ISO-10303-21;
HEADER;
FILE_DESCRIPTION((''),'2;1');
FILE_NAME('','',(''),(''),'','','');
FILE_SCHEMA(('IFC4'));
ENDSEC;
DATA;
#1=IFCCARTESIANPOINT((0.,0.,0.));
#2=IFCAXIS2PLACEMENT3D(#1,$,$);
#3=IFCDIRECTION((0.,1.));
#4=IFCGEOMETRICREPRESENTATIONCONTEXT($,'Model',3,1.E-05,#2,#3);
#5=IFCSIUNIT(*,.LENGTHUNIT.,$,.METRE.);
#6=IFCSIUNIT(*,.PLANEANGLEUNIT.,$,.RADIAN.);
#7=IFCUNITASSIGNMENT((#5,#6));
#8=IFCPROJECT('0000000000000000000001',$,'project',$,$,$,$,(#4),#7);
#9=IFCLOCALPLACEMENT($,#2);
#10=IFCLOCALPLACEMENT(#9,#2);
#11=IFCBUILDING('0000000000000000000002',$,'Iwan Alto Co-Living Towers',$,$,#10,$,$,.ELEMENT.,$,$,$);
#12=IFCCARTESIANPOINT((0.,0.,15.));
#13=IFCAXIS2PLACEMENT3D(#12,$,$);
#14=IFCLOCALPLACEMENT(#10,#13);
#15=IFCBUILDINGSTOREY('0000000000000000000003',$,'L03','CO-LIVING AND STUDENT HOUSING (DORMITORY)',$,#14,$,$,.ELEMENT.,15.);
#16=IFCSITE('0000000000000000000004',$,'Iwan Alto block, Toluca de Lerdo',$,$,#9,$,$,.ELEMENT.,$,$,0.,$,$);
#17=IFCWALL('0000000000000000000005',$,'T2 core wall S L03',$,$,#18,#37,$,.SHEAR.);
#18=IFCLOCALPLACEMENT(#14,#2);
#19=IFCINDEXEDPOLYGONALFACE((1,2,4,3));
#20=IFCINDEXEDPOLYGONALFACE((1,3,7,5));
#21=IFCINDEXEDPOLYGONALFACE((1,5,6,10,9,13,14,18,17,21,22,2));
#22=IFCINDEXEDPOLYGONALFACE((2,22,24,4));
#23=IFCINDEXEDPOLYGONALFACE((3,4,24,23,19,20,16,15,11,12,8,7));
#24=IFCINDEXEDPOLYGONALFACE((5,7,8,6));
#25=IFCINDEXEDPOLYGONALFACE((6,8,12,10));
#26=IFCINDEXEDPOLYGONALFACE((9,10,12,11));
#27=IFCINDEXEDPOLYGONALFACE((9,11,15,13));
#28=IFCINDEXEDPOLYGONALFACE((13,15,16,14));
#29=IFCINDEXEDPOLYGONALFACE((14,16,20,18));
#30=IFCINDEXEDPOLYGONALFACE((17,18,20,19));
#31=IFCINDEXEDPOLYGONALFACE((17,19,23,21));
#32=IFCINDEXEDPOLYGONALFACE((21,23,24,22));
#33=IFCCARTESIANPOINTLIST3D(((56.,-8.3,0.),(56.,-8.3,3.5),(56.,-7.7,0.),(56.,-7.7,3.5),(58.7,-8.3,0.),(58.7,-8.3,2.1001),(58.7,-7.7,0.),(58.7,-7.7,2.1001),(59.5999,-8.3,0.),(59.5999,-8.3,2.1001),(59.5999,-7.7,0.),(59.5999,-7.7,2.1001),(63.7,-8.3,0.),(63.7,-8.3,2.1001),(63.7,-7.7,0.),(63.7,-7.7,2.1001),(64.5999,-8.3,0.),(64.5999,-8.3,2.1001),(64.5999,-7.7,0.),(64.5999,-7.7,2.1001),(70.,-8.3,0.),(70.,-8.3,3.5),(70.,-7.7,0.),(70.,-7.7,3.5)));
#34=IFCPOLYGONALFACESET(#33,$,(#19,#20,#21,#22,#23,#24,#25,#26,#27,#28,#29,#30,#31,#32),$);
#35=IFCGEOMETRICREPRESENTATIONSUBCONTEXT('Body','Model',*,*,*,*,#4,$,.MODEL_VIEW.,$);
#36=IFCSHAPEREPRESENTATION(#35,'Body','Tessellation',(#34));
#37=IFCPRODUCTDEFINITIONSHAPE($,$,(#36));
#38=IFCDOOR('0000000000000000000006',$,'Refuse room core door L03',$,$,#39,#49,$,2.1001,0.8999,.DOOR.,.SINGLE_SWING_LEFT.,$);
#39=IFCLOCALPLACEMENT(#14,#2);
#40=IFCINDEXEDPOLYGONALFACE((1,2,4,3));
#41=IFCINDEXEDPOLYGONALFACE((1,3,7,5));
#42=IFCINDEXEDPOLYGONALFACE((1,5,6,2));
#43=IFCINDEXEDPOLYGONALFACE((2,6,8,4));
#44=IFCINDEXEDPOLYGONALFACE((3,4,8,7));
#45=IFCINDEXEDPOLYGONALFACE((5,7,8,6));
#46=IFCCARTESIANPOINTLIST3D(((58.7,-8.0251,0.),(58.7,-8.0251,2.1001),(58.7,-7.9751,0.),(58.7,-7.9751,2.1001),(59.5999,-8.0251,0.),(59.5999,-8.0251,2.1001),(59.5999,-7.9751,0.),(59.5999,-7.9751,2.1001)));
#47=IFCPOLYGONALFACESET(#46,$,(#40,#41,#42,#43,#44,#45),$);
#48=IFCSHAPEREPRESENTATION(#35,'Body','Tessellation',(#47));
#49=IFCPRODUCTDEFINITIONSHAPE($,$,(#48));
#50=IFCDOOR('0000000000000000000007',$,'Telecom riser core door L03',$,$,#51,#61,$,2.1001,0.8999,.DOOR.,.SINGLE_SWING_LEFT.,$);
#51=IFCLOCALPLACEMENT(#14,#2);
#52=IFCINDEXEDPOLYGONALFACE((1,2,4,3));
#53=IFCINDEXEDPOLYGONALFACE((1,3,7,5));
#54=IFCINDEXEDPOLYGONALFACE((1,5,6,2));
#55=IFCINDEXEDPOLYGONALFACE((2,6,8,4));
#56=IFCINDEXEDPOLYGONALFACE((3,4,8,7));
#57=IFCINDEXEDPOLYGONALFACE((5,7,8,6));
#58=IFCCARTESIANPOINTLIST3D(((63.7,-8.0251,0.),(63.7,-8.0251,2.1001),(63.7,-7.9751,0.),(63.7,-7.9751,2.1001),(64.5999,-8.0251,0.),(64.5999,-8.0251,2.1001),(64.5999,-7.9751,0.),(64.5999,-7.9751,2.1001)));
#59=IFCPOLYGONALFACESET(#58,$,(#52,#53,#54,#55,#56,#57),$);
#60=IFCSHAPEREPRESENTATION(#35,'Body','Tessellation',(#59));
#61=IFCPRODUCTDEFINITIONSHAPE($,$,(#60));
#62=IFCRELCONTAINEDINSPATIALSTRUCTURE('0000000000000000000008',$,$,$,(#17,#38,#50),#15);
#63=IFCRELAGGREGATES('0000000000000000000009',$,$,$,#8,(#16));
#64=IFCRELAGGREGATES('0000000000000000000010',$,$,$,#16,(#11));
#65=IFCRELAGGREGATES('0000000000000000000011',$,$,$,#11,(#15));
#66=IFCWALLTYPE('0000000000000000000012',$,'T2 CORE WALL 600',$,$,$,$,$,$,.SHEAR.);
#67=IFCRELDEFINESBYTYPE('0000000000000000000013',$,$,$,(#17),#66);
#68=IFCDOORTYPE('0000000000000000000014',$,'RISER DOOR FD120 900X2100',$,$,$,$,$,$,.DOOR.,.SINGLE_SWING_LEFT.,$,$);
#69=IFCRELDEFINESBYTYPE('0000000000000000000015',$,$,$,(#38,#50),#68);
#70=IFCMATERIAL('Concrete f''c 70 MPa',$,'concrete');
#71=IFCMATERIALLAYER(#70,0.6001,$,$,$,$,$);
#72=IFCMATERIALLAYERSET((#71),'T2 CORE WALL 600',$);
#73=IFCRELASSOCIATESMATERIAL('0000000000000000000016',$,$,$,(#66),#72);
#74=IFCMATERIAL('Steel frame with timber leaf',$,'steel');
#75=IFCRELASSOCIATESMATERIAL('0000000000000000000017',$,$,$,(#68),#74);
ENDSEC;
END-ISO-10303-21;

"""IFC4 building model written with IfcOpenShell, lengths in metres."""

from ifc_helpers import new_model, si_unit, direction, frame, frame_2d, origin, place, context, subcontext, project, spatial, rectangle, extrude, material, layer, layer_set, type_object, element, fill, save


model = new_model("IFC4")

# Units and contexts
model_context = context("Model", 3, precision=1e-05, world=origin(), true_north=direction((0.0, 1.0)))
body_context = subcontext(model_context, "Body", "Model", "MODEL_VIEW")
ifc_project = project(units=[si_unit("LENGTHUNIT", "METRE"), si_unit("PLANEANGLEUNIT", "RADIAN")], contexts=[model_context])

# Site, building, storey
site_placement = place(None, origin())
site = spatial("IfcSite", under=ifc_project, at=site_placement, Name="Iwan Alto block, Toluca de Lerdo", CompositionType="ELEMENT", RefElevation=0.0)
building_placement = place(site_placement, origin())
building = spatial("IfcBuilding", under=site, at=building_placement, Name="Iwan Alto Co-Living Towers", CompositionType="ELEMENT")
storey_placement = place(building_placement, frame((0.0, 0.0, 15.0)))
storey = spatial("IfcBuildingStorey", under=building, at=storey_placement, Name="L03", Description="CO-LIVING AND STUDENT HOUSING (DORMITORY)", CompositionType="ELEMENT", Elevation=15.0)

# Wall, openings, doors
ifc_material_1 = material(Name="Concrete f'c 70 MPa", Category="concrete")
ifc_layer_1 = layer(ifc_material_1, 0.6001)
ifc_layer_set_1 = layer_set([ifc_layer_1], Name="T2 CORE WALL 600")
wall_type_1 = type_object("IfcWallType", Name="T2 CORE WALL 600", PredefinedType="SHEAR", material=ifc_layer_set_1)
wall_1_placement = place(storey_placement, frame((56.0, -8.0, 0.0), z_axis=(0.0, 0.0, 1.0), x_axis=(1.0, 0.0, 0.0)))
wall_1 = element("IfcWall", 1, at=wall_1_placement, inside=storey, type_object=wall_type_1, Name="T2 core wall S L03", PredefinedType="SHEAR", context=body_context, shape_type="SweptSolid", body=[
    extrude(rectangle(XDim=14.0, YDim=0.6001, at=frame_2d((7.0, 0.0))), origin(), (0.0, 0.0, 1.0), 3.5),
])
opening_1_placement = place(wall_1_placement, frame((2.7, 0.0, 0.0)))
opening_1 = element("IfcOpeningElement", 2, at=opening_1_placement, cuts=wall_1, PredefinedType="OPENING", context=body_context, shape_type="SweptSolid", body=[
    extrude(rectangle(XDim=0.8999, YDim=2.1001, at=frame_2d((0.45, 1.05))), frame((0.0, 0.3101, 0.0), z_axis=(0.0, -1.0, 0.0), x_axis=(1.0, 0.0, 0.0)), (0.0, 0.0, 1.0), 0.6201),
])
opening_2_placement = place(wall_1_placement, frame((7.7, 0.0, 0.0)))
opening_2 = element("IfcOpeningElement", 3, at=opening_2_placement, cuts=wall_1, PredefinedType="OPENING", context=body_context, shape_type="SweptSolid", body=[
    extrude(rectangle(XDim=0.8999, YDim=2.1001, at=frame_2d((0.45, 1.05))), frame((0.0, 0.3101, 0.0), z_axis=(0.0, -1.0, 0.0), x_axis=(1.0, 0.0, 0.0)), (0.0, 0.0, 1.0), 0.6201),
])
ifc_material_2 = material(Name="Steel frame with timber leaf", Category="steel")
door_type_1 = type_object("IfcDoorType", Name="RISER DOOR FD120 900X2100", OperationType="SINGLE_SWING_LEFT", PredefinedType="DOOR", material=ifc_material_2)
door_1_placement = place(opening_1_placement, origin())
door_1 = element("IfcDoor", 4, at=door_1_placement, inside=storey, type_object=door_type_1, Name="Refuse room core door L03", OperationType="SINGLE_SWING_LEFT", OverallHeight=2.1001, OverallWidth=0.8999, PredefinedType="DOOR", context=body_context, shape_type="SweptSolid", body=[
    extrude(rectangle(XDim=0.8999, YDim=2.1001, at=frame_2d((0.45, 1.05))), frame((0.0, 0.0249, 0.0), z_axis=(0.0, -1.0, 0.0), x_axis=(1.0, 0.0, 0.0)), (0.0, 0.0, 1.0), 0.05),
])
fill(opening_1, door_1)
door_2_placement = place(opening_2_placement, origin())
door_2 = element("IfcDoor", 5, at=door_2_placement, inside=storey, type_object=door_type_1, Name="Telecom riser core door L03", OperationType="SINGLE_SWING_LEFT", OverallHeight=2.1001, OverallWidth=0.8999, PredefinedType="DOOR", context=body_context, shape_type="SweptSolid", body=[
    extrude(rectangle(XDim=0.8999, YDim=2.1001, at=frame_2d((0.45, 1.05))), frame((0.0, 0.0249, 0.0), z_axis=(0.0, -1.0, 0.0), x_axis=(1.0, 0.0, 0.0)), (0.0, 0.0, 1.0), 0.05),
])
fill(opening_2, door_2)

save(model, "model.ifc")
